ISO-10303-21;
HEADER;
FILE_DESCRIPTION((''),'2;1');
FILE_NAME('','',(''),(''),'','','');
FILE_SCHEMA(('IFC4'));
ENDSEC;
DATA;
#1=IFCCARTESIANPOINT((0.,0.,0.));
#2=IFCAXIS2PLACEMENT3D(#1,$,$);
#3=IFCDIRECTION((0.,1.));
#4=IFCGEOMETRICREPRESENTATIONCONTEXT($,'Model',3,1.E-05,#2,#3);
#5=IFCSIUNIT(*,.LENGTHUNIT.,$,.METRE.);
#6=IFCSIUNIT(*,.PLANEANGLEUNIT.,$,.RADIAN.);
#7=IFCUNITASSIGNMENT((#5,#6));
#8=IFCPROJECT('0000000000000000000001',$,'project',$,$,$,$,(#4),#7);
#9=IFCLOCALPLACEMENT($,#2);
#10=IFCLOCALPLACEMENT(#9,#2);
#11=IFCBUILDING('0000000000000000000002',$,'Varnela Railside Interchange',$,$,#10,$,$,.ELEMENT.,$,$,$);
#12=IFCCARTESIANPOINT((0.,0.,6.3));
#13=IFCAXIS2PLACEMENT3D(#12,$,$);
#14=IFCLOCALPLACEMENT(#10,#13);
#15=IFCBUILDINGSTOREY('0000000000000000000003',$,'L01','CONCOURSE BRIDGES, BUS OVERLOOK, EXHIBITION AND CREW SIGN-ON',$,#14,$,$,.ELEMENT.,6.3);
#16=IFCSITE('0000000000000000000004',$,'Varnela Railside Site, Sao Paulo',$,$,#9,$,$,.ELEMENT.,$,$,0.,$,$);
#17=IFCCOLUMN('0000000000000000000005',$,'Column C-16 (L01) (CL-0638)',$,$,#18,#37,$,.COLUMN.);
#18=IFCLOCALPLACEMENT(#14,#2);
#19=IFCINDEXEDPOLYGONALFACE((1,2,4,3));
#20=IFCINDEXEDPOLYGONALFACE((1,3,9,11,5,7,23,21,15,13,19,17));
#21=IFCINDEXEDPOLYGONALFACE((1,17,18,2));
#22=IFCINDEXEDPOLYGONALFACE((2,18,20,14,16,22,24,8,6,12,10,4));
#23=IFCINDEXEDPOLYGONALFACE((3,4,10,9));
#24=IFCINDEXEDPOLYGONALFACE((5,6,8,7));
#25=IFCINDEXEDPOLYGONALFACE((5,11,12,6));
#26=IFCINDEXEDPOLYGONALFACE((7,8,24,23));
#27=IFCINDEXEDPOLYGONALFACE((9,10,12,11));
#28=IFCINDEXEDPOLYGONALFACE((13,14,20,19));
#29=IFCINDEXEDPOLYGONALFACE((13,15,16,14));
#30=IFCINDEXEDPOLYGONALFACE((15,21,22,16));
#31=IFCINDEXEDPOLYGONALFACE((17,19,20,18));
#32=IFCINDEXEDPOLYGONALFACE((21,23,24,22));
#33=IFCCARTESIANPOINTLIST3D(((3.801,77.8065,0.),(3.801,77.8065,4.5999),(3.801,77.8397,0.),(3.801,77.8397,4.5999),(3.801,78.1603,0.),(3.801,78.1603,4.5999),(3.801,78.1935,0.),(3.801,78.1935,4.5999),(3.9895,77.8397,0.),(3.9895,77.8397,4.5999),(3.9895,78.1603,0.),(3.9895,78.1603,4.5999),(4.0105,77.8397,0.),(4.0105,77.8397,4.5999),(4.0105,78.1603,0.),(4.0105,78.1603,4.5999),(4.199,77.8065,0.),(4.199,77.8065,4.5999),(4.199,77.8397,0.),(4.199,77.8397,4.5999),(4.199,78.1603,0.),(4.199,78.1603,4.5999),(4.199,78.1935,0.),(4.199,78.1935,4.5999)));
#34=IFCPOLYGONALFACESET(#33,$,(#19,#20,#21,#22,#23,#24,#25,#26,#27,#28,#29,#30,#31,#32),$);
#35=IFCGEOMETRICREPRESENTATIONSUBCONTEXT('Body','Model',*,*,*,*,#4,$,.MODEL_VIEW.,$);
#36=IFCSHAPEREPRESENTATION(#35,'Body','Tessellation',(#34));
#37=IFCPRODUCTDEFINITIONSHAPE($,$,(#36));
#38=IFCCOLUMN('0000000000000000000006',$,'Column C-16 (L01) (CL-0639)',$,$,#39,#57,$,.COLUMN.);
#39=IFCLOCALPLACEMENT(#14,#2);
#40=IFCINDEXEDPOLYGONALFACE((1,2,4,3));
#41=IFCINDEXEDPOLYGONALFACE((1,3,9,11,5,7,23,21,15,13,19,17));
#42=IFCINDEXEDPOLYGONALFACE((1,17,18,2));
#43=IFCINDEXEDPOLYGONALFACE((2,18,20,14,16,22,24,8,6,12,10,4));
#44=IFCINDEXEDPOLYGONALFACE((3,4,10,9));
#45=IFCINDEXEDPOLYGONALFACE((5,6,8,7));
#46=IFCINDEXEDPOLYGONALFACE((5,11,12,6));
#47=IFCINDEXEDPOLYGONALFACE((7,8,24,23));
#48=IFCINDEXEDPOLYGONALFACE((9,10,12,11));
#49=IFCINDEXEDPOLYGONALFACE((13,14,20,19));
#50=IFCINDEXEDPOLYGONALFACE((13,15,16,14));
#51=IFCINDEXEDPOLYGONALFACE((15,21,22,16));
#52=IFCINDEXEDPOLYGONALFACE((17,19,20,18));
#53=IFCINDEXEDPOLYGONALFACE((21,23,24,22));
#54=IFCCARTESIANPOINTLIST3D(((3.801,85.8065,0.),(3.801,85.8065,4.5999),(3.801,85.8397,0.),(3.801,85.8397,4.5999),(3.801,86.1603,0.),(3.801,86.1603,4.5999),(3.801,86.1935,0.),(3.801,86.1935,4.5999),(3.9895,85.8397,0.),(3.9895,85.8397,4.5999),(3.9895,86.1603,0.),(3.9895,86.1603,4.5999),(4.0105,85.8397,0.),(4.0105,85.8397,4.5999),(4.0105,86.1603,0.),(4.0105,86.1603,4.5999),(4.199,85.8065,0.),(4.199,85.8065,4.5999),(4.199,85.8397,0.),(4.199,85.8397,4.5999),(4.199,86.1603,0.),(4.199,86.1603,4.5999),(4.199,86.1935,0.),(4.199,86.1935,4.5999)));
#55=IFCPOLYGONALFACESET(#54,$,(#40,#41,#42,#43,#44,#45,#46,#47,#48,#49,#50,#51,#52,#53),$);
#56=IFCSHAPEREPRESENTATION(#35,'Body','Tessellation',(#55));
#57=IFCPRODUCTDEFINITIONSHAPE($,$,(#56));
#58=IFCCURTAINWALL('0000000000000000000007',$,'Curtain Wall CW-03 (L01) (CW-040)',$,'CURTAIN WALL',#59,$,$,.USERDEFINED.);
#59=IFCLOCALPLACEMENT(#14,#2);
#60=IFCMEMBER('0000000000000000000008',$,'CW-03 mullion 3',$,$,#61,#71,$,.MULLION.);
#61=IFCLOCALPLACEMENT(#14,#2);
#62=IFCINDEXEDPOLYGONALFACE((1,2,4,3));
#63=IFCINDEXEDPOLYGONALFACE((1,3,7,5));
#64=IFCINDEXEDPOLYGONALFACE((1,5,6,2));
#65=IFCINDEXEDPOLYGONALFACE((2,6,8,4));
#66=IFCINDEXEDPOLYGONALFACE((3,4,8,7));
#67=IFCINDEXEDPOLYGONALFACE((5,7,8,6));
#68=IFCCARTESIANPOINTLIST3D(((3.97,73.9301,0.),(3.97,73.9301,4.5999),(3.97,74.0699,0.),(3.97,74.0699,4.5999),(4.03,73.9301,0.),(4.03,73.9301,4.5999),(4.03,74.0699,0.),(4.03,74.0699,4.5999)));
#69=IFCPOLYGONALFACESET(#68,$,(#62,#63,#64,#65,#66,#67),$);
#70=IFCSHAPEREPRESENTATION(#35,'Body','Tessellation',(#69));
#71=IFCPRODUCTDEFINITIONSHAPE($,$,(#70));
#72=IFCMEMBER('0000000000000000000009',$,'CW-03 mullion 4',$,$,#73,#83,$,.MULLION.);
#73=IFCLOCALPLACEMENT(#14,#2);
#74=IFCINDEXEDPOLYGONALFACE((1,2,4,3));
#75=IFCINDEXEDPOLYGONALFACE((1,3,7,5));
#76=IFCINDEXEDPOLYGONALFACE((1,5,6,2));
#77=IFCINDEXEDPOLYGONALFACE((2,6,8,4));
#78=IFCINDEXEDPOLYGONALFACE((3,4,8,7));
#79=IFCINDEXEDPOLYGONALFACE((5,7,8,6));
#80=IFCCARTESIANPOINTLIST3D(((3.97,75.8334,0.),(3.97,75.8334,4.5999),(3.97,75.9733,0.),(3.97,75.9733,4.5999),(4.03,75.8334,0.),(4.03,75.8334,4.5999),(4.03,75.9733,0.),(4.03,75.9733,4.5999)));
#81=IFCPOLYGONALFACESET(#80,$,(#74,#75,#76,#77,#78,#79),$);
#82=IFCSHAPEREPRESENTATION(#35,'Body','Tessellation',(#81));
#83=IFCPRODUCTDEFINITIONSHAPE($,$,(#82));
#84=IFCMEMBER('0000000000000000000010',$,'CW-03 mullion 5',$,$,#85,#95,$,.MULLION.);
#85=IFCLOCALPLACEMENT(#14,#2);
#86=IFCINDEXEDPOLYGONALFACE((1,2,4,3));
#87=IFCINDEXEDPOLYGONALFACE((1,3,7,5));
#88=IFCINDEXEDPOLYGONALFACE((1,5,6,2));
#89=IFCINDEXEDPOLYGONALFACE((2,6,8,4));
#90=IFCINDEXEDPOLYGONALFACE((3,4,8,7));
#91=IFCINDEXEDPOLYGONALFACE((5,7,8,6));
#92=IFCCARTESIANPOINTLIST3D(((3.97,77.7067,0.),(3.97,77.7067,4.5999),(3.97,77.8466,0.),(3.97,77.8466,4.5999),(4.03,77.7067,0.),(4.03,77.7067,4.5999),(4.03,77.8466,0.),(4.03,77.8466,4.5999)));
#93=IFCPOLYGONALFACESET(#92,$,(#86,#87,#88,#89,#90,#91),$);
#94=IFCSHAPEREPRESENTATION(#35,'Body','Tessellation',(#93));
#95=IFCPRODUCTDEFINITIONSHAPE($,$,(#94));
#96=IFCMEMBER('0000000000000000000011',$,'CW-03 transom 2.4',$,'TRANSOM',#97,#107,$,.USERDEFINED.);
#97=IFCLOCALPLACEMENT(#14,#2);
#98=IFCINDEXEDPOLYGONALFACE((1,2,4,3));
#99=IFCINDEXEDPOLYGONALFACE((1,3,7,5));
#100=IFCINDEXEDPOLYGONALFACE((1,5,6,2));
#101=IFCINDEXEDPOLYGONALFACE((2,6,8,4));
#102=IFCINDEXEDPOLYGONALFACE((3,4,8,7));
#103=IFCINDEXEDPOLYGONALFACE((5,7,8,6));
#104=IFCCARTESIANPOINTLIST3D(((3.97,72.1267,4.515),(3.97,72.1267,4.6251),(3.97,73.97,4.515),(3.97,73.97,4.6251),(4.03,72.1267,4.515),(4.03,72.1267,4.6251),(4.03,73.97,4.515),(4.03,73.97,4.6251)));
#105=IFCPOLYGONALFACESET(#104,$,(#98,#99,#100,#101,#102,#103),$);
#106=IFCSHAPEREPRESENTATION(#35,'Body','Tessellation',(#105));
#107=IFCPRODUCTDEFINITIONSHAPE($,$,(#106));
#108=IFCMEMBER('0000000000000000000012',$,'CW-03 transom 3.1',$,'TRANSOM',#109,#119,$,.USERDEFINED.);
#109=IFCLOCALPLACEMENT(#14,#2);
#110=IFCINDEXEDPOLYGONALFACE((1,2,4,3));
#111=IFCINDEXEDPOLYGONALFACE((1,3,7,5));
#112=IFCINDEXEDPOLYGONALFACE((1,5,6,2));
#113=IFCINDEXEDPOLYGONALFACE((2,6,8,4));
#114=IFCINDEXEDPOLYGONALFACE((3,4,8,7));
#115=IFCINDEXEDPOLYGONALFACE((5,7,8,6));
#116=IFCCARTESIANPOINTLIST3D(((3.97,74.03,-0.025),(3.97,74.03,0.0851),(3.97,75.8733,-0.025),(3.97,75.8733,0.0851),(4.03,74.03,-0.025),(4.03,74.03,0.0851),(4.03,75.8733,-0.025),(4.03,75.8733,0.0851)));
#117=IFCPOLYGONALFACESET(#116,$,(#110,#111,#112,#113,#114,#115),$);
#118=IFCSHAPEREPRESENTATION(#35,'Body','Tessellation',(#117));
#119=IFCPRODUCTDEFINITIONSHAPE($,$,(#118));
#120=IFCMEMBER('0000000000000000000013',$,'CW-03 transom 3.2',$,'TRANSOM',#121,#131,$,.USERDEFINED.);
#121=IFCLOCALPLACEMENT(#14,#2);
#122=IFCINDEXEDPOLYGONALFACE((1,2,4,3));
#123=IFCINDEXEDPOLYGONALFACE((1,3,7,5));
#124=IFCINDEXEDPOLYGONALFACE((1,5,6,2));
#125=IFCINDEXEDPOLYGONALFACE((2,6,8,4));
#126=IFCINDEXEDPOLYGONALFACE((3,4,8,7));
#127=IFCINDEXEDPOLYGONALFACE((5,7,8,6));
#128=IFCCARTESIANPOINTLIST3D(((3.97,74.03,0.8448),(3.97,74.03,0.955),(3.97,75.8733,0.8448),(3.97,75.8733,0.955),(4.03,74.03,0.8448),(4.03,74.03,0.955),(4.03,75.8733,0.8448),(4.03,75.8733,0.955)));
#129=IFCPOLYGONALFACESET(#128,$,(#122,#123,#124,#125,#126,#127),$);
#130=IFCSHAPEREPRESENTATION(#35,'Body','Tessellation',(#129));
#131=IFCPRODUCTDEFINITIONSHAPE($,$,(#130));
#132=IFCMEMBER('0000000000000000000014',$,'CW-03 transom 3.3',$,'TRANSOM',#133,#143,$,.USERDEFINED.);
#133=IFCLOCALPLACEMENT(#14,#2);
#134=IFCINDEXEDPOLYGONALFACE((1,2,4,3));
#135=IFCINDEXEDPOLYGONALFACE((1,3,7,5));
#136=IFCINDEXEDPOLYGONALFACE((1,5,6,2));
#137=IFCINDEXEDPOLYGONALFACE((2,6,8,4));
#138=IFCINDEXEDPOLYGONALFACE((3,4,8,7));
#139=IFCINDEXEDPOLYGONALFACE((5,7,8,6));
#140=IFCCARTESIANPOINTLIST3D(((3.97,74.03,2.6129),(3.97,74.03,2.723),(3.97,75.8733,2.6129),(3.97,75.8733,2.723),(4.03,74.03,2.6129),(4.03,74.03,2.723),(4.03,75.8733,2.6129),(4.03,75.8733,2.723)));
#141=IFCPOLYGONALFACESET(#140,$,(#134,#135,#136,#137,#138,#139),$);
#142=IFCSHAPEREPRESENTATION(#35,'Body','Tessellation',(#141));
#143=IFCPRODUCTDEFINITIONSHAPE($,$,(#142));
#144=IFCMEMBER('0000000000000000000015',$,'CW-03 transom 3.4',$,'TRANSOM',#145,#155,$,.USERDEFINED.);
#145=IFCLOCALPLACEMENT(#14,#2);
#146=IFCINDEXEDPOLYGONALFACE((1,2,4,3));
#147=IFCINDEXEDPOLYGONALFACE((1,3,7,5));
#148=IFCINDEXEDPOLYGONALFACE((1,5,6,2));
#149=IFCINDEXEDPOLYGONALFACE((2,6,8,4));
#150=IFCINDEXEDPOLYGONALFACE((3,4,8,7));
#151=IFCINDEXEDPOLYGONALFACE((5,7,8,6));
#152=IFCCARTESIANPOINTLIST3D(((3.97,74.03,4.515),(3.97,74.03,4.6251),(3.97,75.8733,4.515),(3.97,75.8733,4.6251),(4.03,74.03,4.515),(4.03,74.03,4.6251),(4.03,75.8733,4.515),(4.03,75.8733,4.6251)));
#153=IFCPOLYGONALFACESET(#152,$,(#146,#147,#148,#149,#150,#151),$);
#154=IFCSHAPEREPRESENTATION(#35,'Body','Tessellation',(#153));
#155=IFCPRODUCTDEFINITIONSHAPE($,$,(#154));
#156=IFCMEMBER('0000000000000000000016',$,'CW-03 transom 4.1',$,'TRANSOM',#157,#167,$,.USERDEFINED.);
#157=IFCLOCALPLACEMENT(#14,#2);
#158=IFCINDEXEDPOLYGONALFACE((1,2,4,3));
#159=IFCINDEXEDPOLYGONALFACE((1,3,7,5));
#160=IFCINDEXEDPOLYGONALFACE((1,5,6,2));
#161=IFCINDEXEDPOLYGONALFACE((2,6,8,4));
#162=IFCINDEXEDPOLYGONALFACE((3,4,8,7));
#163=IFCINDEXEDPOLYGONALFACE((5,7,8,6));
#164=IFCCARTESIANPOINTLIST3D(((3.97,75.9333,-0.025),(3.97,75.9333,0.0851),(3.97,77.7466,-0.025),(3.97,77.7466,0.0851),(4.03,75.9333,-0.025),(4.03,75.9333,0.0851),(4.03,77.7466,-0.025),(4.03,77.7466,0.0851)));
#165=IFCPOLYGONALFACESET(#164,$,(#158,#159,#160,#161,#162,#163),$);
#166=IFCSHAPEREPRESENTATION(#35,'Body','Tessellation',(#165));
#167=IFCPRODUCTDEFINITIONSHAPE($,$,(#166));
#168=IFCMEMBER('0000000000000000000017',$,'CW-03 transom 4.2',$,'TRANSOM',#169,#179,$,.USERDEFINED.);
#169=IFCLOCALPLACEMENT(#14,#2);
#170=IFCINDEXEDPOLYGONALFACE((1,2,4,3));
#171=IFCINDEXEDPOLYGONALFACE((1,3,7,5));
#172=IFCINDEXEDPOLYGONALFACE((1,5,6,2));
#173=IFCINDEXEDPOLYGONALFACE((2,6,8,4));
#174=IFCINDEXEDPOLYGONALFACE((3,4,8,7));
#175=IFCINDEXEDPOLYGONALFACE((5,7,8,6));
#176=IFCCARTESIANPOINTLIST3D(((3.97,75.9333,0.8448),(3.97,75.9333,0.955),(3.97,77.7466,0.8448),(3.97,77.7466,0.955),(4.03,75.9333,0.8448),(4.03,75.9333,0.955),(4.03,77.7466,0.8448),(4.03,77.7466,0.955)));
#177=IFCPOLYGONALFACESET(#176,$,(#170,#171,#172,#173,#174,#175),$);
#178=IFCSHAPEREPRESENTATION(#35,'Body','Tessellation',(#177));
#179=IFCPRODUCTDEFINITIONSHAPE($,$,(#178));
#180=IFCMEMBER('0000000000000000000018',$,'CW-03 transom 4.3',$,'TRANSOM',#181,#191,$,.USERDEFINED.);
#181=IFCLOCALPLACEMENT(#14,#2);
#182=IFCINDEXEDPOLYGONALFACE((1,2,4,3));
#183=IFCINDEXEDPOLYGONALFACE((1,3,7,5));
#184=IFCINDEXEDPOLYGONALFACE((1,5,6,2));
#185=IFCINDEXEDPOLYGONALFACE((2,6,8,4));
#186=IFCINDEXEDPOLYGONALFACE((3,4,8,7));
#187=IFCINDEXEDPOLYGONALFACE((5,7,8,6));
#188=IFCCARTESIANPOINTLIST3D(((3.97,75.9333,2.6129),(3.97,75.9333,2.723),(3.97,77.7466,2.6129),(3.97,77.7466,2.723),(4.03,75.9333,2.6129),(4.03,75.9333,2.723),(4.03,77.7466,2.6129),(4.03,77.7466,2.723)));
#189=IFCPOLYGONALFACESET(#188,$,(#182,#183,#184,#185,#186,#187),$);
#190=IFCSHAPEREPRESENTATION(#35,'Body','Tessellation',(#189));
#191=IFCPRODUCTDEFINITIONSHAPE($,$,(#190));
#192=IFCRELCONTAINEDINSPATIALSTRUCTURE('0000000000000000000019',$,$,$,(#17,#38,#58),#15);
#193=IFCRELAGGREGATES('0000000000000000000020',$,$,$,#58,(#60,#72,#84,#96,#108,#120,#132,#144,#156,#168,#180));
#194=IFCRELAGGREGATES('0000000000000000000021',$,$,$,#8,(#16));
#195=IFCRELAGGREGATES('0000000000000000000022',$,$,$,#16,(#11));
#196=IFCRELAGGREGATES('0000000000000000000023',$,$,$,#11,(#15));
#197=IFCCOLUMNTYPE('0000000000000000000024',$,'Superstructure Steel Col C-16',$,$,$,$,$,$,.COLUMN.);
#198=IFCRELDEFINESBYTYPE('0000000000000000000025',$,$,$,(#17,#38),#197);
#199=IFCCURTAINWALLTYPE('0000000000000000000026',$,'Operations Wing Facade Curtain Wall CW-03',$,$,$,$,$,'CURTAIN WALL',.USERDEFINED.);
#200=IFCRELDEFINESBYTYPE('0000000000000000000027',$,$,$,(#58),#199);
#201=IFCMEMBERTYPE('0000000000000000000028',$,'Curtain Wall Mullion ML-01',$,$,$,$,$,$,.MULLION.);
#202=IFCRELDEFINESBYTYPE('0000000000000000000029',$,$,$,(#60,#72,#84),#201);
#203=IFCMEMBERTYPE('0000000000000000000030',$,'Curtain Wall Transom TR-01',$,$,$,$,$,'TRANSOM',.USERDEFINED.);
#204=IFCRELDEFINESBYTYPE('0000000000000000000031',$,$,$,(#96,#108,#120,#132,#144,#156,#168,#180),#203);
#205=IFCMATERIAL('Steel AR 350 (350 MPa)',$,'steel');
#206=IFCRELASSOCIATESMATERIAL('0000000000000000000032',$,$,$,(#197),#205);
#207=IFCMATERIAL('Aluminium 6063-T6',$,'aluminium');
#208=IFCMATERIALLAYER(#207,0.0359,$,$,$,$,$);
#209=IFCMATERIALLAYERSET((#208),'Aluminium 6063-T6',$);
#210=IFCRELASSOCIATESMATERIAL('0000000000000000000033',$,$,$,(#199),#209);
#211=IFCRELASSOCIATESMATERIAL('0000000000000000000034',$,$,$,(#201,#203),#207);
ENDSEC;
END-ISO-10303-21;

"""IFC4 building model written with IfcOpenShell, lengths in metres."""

from ifc_helpers import new_model, si_unit, direction, frame, origin, origin_2d, place, context, subcontext, project, spatial, rectangle, i_section, extrude, material, layer, layer_set, material_profile, profile_set, type_object, element, aggregate, save


model = new_model("IFC4")

# Units and contexts
model_context = context("Model", 3, precision=1e-05, world=origin(), true_north=direction((0.0, 1.0)))
body_context = subcontext(model_context, "Body", "Model", "MODEL_VIEW")
ifc_project = project(units=[si_unit("LENGTHUNIT", "METRE"), si_unit("PLANEANGLEUNIT", "RADIAN")], contexts=[model_context])

# Site, building, storey
site_placement = place(None, origin())
site = spatial("IfcSite", under=ifc_project, at=site_placement, Name="Varnela Railside Site, Sao Paulo", CompositionType="ELEMENT", RefElevation=0.0)
building_placement = place(site_placement, origin())
building = spatial("IfcBuilding", under=site, at=building_placement, Name="Varnela Railside Interchange", CompositionType="ELEMENT")
storey_placement = place(building_placement, frame((0.0, 0.0, 6.3)))
storey = spatial("IfcBuildingStorey", under=building, at=storey_placement, Name="L01", Description="CONCOURSE BRIDGES, BUS OVERLOOK, EXHIBITION AND CREW SIGN-ON", CompositionType="ELEMENT", Elevation=6.3)

# Columns
ifc_material_1 = material(Name="Steel AR 350 (350 MPa)", Category="steel")
ifc_material_profile_1 = material_profile(ifc_material_1, i_section(OverallWidth=0.3979, OverallDepth=0.387, WebThickness=0.021, FlangeThickness=0.0332, at=origin_2d()), Name="W360x262")
ifc_profile_set_1 = profile_set([ifc_material_profile_1], Name="Steel AR 350 (350 MPa)")
column_type = type_object("IfcColumnType", Name="Superstructure Steel Col C-16", PredefinedType="COLUMN", material=ifc_profile_set_1)
for number, where, z_axis, x_axis, name in (
    (1, (4.0, 78.0, 0.0), (0.0, 0.0, 1.0), (1.0, 0.0, 0.0), "Column C-16 (L01) (CL-0638)"),
    (2, (4.0, 86.0, 0.0), (0.0, 0.0, 1.0), (1.0, 0.0, 0.0), "Column C-16 (L01) (CL-0639)"),
):
    element("IfcColumn", number, at=place(storey_placement, frame(where, z_axis=z_axis, x_axis=x_axis)), inside=storey, type_object=column_type, Name=name, PredefinedType="COLUMN", context=body_context, shape_type="SweptSolid", body=[
        extrude(i_section(OverallWidth=0.3979, OverallDepth=0.387, WebThickness=0.021, FlangeThickness=0.0332, at=origin_2d()), origin(), (0.0, 0.0, 1.0), 4.5999),
    ])

# Curtain wall, members
ifc_material_2 = material(Name="Aluminium 6063-T6", Category="aluminium")
ifc_layer_1 = layer(ifc_material_2, 0.0359)
ifc_layer_set_1 = layer_set([ifc_layer_1], Name="Aluminium 6063-T6")
curtain_wall_type = type_object("IfcCurtainWallType", Name="Operations Wing Facade Curtain Wall CW-03", ElementType="CURTAIN WALL", PredefinedType="USERDEFINED", material=ifc_layer_set_1)
curtain_wall_placement = place(storey_placement, origin())
curtain_wall = element("IfcCurtainWall", 3, at=curtain_wall_placement, inside=storey, type_object=curtain_wall_type, Name="Curtain Wall CW-03 (L01) (CW-040)", ObjectType="CURTAIN WALL", PredefinedType="USERDEFINED")
ifc_material_profile_2 = material_profile(ifc_material_2, rectangle(XDim=0.0601, YDim=0.1399, at=origin_2d()), Name="ALU 60x140")
ifc_profile_set_2 = profile_set([ifc_material_profile_2], Name="Aluminium 6063-T6")
member_type_1 = type_object("IfcMemberType", Name="Curtain Wall Mullion ML-01", PredefinedType="MULLION", material=ifc_profile_set_2)
member_1_placement = place(storey_placement, frame((4.0, 74.0, 0.0), z_axis=(0.0, 0.0, 1.0), x_axis=(-1.0, 0.0, 0.0)))
member_1 = element("IfcMember", 4, at=member_1_placement, type_object=member_type_1, Name="CW-03 mullion 3", PredefinedType="MULLION", context=body_context, shape_type="SweptSolid", body=[
    extrude(rectangle(XDim=0.0601, YDim=0.1399, at=origin_2d()), origin(), (0.0, 0.0, 1.0), 4.5999),
])
member_2_placement = place(storey_placement, frame((4.0, 75.9033, 0.0), z_axis=(0.0, 0.0, 1.0), x_axis=(-1.0, 0.0, 0.0)))
member_2 = element("IfcMember", 5, at=member_2_placement, type_object=member_type_1, Name="CW-03 mullion 4", PredefinedType="MULLION", context=body_context, shape_type="SweptSolid", body=[
    extrude(rectangle(XDim=0.0601, YDim=0.1399, at=origin_2d()), origin(), (0.0, 0.0, 1.0), 4.5999),
])
member_3_placement = place(storey_placement, frame((4.0, 77.7766, 0.0), z_axis=(0.0, 0.0, 1.0), x_axis=(-1.0, 0.0, 0.0)))
member_3 = element("IfcMember", 6, at=member_3_placement, type_object=member_type_1, Name="CW-03 mullion 5", PredefinedType="MULLION", context=body_context, shape_type="SweptSolid", body=[
    extrude(rectangle(XDim=0.0601, YDim=0.1399, at=origin_2d()), origin(), (0.0, 0.0, 1.0), 4.5999),
])
ifc_material_profile_3 = material_profile(ifc_material_2, rectangle(XDim=0.0601, YDim=0.1101, at=origin_2d()), Name="ALU 60x110")
ifc_profile_set_3 = profile_set([ifc_material_profile_3], Name="Aluminium 6063-T6")
member_type_2 = type_object("IfcMemberType", Name="Curtain Wall Transom TR-01", ElementType="TRANSOM", PredefinedType="USERDEFINED", material=ifc_profile_set_3)
member_4_placement = place(storey_placement, frame((4.0, 72.1267, 4.5701), z_axis=(0.0, 1.0, 0.0), x_axis=(-1.0, 0.0, 0.0)))
member_4 = element("IfcMember", 7, at=member_4_placement, type_object=member_type_2, Name="CW-03 transom 2.4", ObjectType="TRANSOM", PredefinedType="USERDEFINED", context=body_context, shape_type="SweptSolid", body=[
    extrude(rectangle(XDim=0.0601, YDim=0.1101, at=origin_2d()), origin(), (0.0, 0.0, 1.0), 1.8433),
])
member_5_placement = place(storey_placement, frame((4.0, 74.03, 0.03), z_axis=(0.0, 1.0, 0.0), x_axis=(-1.0, 0.0, 0.0)))
member_5 = element("IfcMember", 8, at=member_5_placement, type_object=member_type_2, Name="CW-03 transom 3.1", ObjectType="TRANSOM", PredefinedType="USERDEFINED", context=body_context, shape_type="SweptSolid", body=[
    extrude(rectangle(XDim=0.0601, YDim=0.1101, at=origin_2d()), origin(), (0.0, 0.0, 1.0), 1.8433),
])
member_6_placement = place(storey_placement, frame((4.0, 74.03, 0.8999), z_axis=(0.0, 1.0, 0.0), x_axis=(-1.0, 0.0, 0.0)))
member_6 = element("IfcMember", 9, at=member_6_placement, type_object=member_type_2, Name="CW-03 transom 3.2", ObjectType="TRANSOM", PredefinedType="USERDEFINED", context=body_context, shape_type="SweptSolid", body=[
    extrude(rectangle(XDim=0.0601, YDim=0.1101, at=origin_2d()), origin(), (0.0, 0.0, 1.0), 1.8433),
])
member_7_placement = place(storey_placement, frame((4.0, 74.03, 2.668), z_axis=(0.0, 1.0, 0.0), x_axis=(-1.0, 0.0, 0.0)))
member_7 = element("IfcMember", 10, at=member_7_placement, type_object=member_type_2, Name="CW-03 transom 3.3", ObjectType="TRANSOM", PredefinedType="USERDEFINED", context=body_context, shape_type="SweptSolid", body=[
    extrude(rectangle(XDim=0.0601, YDim=0.1101, at=origin_2d()), origin(), (0.0, 0.0, 1.0), 1.8433),
])
member_8_placement = place(storey_placement, frame((4.0, 74.03, 4.5701), z_axis=(0.0, 1.0, 0.0), x_axis=(-1.0, 0.0, 0.0)))
member_8 = element("IfcMember", 11, at=member_8_placement, type_object=member_type_2, Name="CW-03 transom 3.4", ObjectType="TRANSOM", PredefinedType="USERDEFINED", context=body_context, shape_type="SweptSolid", body=[
    extrude(rectangle(XDim=0.0601, YDim=0.1101, at=origin_2d()), origin(), (0.0, 0.0, 1.0), 1.8433),
])
member_9_placement = place(storey_placement, frame((4.0, 75.9333, 0.03), z_axis=(0.0, 1.0, 0.0), x_axis=(-1.0, 0.0, 0.0)))
member_9 = element("IfcMember", 12, at=member_9_placement, type_object=member_type_2, Name="CW-03 transom 4.1", ObjectType="TRANSOM", PredefinedType="USERDEFINED", context=body_context, shape_type="SweptSolid", body=[
    extrude(rectangle(XDim=0.0601, YDim=0.1101, at=origin_2d()), origin(), (0.0, 0.0, 1.0), 1.8132),
])
member_10_placement = place(storey_placement, frame((4.0, 75.9333, 0.8999), z_axis=(0.0, 1.0, 0.0), x_axis=(-1.0, 0.0, 0.0)))
member_10 = element("IfcMember", 13, at=member_10_placement, type_object=member_type_2, Name="CW-03 transom 4.2", ObjectType="TRANSOM", PredefinedType="USERDEFINED", context=body_context, shape_type="SweptSolid", body=[
    extrude(rectangle(XDim=0.0601, YDim=0.1101, at=origin_2d()), origin(), (0.0, 0.0, 1.0), 1.8132),
])
member_11_placement = place(storey_placement, frame((4.0, 75.9333, 2.668), z_axis=(0.0, 1.0, 0.0), x_axis=(-1.0, 0.0, 0.0)))
member_11 = element("IfcMember", 14, at=member_11_placement, type_object=member_type_2, Name="CW-03 transom 4.3", ObjectType="TRANSOM", PredefinedType="USERDEFINED", context=body_context, shape_type="SweptSolid", body=[
    extrude(rectangle(XDim=0.0601, YDim=0.1101, at=origin_2d()), origin(), (0.0, 0.0, 1.0), 1.8132),
])

aggregate(curtain_wall, [member_1, member_2, member_3, member_4, member_5, member_6, member_7, member_8, member_9, member_10, member_11])

save(model, "model.ifc")
